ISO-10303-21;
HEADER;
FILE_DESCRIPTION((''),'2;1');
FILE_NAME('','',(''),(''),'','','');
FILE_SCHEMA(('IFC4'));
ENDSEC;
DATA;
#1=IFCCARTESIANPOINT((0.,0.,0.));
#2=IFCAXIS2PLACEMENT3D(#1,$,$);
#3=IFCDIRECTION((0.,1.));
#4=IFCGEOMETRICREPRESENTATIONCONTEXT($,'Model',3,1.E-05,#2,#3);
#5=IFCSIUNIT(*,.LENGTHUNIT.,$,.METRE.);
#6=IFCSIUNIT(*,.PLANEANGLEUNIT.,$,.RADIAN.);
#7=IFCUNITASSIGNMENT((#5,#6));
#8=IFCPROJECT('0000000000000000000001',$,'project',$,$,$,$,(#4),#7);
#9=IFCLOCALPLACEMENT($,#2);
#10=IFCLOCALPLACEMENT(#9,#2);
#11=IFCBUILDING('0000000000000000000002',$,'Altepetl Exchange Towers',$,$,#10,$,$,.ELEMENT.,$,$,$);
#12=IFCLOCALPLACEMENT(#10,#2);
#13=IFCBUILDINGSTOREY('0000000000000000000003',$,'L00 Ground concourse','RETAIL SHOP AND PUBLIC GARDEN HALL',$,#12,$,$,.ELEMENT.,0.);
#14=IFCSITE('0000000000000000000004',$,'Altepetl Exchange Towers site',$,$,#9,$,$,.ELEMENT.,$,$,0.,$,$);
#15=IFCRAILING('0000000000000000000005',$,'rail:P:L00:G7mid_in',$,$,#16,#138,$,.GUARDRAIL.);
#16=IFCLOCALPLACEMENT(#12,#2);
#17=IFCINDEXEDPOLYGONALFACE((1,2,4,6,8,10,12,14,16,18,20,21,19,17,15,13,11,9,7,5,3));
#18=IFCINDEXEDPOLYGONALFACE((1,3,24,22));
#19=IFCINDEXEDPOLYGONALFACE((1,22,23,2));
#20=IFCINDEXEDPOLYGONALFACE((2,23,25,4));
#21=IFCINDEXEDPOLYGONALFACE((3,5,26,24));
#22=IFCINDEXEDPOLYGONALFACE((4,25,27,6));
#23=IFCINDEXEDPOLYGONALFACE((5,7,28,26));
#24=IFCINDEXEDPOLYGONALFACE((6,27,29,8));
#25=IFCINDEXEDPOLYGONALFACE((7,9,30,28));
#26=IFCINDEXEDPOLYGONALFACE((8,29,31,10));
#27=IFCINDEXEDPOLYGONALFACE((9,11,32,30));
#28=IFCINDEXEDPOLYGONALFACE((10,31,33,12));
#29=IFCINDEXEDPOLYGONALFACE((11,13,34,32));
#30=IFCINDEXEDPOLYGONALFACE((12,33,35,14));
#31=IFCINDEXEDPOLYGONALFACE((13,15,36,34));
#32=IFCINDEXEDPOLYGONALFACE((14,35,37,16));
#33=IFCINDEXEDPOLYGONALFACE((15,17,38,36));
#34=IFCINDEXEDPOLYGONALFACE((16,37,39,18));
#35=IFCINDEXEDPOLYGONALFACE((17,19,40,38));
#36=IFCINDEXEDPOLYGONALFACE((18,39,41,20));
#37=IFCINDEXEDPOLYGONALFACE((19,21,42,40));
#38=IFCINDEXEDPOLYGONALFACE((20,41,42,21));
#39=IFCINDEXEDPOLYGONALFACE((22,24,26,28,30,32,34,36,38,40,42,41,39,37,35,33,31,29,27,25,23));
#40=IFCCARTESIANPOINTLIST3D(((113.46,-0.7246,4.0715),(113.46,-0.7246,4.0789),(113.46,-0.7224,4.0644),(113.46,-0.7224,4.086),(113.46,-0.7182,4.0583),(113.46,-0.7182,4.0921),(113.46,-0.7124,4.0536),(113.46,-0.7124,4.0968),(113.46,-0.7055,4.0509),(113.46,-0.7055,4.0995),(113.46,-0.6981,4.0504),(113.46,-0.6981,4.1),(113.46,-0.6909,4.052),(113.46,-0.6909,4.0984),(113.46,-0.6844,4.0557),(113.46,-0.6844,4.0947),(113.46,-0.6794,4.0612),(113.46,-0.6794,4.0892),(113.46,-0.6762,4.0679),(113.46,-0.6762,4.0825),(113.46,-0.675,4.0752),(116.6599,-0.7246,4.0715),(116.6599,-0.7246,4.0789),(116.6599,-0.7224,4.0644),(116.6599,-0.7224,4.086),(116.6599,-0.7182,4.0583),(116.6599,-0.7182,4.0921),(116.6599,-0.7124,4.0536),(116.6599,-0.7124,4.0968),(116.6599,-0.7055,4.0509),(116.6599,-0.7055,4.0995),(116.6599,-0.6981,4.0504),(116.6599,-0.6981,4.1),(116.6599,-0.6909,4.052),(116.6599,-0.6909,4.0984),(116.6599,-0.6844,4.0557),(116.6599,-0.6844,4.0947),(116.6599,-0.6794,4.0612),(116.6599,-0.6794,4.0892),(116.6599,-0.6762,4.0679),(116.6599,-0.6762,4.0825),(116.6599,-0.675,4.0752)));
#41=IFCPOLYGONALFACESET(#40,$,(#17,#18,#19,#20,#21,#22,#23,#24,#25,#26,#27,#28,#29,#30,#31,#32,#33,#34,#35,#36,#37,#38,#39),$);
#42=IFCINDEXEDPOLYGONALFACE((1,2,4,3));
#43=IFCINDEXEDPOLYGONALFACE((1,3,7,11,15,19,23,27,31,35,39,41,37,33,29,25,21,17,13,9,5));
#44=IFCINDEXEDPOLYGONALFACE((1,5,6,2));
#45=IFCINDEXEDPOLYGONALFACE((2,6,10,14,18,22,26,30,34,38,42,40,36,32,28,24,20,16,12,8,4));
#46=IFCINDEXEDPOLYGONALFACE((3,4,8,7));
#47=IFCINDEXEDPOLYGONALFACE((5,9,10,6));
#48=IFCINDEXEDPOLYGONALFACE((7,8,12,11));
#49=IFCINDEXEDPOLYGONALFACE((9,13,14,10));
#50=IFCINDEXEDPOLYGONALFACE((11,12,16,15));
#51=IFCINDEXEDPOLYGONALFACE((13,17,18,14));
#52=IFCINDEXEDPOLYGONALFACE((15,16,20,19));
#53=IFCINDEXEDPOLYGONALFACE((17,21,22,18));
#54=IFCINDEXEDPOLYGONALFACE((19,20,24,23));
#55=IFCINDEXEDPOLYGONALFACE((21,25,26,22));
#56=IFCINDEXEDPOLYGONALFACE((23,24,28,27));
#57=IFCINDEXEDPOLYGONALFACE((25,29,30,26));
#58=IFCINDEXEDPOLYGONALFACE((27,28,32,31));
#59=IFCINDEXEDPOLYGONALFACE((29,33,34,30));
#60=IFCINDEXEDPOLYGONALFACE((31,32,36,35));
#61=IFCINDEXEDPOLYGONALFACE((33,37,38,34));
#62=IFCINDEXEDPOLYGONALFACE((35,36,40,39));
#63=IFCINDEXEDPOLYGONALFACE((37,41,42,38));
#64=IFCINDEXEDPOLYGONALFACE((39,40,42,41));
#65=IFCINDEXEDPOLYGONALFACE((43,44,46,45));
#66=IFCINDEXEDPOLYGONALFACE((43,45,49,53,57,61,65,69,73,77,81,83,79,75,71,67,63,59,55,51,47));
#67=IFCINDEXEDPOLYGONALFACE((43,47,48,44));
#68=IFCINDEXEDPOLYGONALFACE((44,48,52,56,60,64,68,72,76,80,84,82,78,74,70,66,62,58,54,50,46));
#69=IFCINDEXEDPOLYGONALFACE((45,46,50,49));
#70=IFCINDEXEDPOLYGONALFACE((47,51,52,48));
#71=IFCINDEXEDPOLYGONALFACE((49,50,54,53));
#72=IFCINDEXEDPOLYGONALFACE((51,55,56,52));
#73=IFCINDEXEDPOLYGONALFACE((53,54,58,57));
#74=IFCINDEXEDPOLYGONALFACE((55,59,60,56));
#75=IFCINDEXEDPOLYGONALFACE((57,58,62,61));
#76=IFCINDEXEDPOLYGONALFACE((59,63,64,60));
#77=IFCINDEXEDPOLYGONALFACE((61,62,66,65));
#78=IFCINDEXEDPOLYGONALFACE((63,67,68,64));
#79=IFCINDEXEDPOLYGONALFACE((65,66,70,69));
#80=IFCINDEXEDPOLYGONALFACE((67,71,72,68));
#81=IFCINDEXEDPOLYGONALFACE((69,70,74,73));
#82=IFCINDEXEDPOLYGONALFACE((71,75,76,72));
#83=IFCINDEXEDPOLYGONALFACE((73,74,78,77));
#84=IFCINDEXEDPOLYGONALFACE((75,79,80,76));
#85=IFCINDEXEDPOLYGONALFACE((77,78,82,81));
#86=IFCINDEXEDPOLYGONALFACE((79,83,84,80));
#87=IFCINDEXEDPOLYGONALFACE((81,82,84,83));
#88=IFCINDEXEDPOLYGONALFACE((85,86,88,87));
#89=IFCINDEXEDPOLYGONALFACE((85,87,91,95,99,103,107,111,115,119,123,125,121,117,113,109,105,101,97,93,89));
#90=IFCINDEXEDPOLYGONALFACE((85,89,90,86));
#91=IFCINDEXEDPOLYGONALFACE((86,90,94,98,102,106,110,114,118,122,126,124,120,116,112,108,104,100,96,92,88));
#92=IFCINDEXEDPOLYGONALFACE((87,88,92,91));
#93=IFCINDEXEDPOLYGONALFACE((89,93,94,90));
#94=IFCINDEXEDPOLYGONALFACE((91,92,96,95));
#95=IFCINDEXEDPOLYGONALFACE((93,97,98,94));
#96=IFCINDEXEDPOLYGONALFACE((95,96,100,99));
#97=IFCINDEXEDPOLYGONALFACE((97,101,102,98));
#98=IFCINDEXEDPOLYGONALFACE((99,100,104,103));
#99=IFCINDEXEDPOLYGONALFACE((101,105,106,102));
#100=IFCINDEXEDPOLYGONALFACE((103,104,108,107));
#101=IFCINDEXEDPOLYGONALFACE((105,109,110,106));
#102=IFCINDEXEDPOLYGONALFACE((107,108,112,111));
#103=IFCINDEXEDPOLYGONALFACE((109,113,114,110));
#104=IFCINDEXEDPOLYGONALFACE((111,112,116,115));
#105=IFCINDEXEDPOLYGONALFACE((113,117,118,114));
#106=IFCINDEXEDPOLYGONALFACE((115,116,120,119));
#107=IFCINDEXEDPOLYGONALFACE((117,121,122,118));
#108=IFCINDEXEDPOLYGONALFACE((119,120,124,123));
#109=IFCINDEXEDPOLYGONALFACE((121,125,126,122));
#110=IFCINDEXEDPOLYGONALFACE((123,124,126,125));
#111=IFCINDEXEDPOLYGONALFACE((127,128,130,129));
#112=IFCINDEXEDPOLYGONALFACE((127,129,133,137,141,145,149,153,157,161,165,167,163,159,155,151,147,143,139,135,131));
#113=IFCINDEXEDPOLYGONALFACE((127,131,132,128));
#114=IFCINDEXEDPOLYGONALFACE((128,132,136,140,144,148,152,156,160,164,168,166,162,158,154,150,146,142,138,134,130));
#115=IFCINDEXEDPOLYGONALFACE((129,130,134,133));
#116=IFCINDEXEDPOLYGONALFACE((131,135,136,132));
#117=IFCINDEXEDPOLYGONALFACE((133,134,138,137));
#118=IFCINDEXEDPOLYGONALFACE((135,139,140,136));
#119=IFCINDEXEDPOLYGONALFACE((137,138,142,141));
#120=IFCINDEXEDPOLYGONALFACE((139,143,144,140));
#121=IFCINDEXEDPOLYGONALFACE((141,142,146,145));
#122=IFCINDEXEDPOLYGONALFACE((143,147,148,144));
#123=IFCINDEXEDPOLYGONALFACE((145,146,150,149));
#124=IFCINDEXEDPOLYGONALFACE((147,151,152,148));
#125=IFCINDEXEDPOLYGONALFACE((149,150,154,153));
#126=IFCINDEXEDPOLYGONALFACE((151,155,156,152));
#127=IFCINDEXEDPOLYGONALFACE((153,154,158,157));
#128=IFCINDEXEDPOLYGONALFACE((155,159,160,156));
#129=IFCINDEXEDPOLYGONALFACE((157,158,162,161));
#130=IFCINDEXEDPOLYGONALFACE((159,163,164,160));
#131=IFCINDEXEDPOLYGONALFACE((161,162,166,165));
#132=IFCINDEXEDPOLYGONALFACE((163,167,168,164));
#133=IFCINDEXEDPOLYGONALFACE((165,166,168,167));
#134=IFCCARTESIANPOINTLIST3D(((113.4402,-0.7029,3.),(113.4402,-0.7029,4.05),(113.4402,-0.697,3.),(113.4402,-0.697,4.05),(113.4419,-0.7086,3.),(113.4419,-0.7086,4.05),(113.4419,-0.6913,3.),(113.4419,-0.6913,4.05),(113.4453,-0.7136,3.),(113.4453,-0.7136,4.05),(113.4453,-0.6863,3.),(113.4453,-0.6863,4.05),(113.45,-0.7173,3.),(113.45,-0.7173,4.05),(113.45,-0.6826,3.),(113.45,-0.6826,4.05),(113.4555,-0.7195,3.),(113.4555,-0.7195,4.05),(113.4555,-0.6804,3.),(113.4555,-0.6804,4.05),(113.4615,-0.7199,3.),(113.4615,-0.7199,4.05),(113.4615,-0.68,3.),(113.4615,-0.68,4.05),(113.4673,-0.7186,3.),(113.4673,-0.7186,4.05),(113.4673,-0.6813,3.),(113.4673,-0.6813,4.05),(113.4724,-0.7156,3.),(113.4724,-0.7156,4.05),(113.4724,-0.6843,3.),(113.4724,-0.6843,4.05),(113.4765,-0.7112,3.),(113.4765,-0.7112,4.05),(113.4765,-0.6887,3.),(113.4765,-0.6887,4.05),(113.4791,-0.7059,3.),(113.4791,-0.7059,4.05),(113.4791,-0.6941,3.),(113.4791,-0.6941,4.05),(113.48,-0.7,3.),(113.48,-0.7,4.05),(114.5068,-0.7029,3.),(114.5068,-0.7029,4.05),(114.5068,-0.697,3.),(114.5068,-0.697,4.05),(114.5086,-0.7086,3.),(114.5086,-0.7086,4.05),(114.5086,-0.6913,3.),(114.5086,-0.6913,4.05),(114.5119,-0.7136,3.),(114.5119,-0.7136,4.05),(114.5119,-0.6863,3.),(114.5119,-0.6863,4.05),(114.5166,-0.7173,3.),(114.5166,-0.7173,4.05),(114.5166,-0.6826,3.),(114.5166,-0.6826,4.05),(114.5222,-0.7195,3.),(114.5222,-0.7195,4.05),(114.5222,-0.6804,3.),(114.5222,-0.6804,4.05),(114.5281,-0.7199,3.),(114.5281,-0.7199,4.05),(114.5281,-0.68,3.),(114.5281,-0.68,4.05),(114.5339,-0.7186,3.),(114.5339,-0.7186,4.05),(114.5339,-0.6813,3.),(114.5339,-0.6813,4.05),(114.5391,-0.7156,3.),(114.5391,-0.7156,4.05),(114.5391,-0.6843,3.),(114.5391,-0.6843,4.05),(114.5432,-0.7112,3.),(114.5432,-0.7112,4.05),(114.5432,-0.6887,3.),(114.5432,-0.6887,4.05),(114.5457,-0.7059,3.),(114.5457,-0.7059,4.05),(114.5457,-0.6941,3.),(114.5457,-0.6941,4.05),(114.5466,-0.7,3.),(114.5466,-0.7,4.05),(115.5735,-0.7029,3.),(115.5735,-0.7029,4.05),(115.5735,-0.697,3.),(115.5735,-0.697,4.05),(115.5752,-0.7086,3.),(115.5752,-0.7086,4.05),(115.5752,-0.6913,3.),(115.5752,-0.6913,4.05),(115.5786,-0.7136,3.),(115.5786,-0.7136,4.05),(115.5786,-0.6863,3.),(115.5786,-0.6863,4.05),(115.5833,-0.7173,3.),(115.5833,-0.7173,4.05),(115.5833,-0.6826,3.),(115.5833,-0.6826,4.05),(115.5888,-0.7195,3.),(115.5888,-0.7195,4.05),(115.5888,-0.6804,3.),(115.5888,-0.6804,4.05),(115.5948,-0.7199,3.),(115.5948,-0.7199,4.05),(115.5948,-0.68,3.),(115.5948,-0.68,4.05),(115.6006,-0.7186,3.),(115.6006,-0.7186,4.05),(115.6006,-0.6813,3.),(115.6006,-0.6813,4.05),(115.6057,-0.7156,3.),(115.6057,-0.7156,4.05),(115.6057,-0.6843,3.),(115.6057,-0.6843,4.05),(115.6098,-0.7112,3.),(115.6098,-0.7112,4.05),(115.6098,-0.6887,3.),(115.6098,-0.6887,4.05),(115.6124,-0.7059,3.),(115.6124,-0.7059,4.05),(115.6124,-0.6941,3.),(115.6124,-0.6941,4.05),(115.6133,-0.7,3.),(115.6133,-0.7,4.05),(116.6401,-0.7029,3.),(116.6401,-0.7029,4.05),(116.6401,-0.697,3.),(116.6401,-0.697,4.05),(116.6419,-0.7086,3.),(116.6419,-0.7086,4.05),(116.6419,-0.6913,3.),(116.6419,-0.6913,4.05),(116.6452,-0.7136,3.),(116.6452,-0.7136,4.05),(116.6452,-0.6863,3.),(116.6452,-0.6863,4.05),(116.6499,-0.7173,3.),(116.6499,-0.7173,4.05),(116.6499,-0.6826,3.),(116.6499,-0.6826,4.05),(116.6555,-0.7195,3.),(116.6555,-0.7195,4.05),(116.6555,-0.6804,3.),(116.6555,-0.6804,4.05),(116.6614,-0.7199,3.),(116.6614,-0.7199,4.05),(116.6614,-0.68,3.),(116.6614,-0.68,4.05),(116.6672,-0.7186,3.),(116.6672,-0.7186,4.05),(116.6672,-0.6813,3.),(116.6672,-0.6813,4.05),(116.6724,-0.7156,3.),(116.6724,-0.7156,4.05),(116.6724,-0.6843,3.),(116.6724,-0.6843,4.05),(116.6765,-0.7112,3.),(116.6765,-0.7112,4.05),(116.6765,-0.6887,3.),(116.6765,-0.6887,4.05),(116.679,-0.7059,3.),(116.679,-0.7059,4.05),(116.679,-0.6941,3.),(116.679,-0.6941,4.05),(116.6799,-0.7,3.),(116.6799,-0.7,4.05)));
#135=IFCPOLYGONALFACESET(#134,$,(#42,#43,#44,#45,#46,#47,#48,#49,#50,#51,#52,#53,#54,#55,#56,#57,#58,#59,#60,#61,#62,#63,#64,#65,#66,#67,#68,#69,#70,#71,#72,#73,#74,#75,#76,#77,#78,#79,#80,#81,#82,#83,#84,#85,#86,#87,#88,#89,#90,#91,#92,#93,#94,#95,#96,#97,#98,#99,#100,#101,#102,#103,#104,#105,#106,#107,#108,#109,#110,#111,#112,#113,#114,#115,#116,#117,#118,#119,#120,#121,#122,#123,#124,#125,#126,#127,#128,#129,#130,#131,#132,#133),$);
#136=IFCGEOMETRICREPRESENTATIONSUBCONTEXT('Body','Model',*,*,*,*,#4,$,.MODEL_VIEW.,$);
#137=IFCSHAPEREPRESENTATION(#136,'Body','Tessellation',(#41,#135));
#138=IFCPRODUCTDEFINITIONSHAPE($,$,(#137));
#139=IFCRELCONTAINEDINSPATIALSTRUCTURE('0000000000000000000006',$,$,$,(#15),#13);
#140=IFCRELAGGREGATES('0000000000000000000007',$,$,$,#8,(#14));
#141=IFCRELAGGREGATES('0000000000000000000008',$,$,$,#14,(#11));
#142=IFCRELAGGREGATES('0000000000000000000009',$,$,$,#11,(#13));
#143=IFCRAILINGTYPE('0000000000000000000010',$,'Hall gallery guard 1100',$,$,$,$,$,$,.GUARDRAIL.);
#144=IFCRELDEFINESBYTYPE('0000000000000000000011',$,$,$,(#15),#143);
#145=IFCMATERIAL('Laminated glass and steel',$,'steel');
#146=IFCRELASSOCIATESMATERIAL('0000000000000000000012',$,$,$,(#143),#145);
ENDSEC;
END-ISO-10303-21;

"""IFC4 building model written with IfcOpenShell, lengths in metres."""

from ifc_helpers import new_model, si_unit, direction, frame, origin, origin_2d, place, context, subcontext, project, spatial, circle, extrude, source, transform, mapped, material, type_object, element, save


model = new_model("IFC4")

# Units and contexts
model_context = context("Model", 3, precision=1e-05, world=origin(), true_north=direction((0.0, 1.0)))
body_context = subcontext(model_context, "Body", "Model", "MODEL_VIEW")
ifc_project = project(units=[si_unit("LENGTHUNIT", "METRE"), si_unit("PLANEANGLEUNIT", "RADIAN")], contexts=[model_context])

# Site, building, storey
site_placement = place(None, origin())
site = spatial("IfcSite", under=ifc_project, at=site_placement, Name="Altepetl Exchange Towers site", CompositionType="ELEMENT", RefElevation=0.0)
building_placement = place(site_placement, origin())
building = spatial("IfcBuilding", under=site, at=building_placement, Name="Altepetl Exchange Towers", CompositionType="ELEMENT")
storey_placement = place(building_placement, origin())
storey = spatial("IfcBuildingStorey", under=building, at=storey_placement, Name="L00 Ground concourse", Description="RETAIL SHOP AND PUBLIC GARDEN HALL", CompositionType="ELEMENT", Elevation=0.0)

# Railing
ifc_material_1 = material(Name="Laminated glass and steel", Category="steel")
railing_type_1 = type_object("IfcRailingType", Name="Hall gallery guard 1100", PredefinedType="GUARDRAIL", material=ifc_material_1)
shared_shape_1 = source(origin(), body_context, "Body", "SweptSolid", [
    extrude(circle(Radius=0.02, at=origin_2d()), origin(), (0.0, 0.0, 1.0), 1.05),
])
for number, where, name in (
    (1, (113.46, -0.7, 3.0), "rail:P:L00:G7mid_in"),
):
    element("IfcRailing", number, at=place(storey_placement, frame(where)), inside=storey, type_object=railing_type_1, Name=name, PredefinedType="GUARDRAIL", context=body_context, shape_type="SweptSolid", body=[
        extrude(circle(Radius=0.0249, at=origin_2d()), frame((0.0, 0.0, 1.0752), z_axis=(1.0, 0.0, 0.0), x_axis=(0.0, 1.0, 0.0)), (0.0, 0.0, 1.0), 3.2),
        mapped(shared_shape_1, transform((0.0, 0.0, 0.0))),
        mapped(shared_shape_1, transform((1.0667, 0.0, 0.0))),
        mapped(shared_shape_1, transform((2.1333, 0.0, 0.0))),
        mapped(shared_shape_1, transform((3.2, 0.0, 0.0))),
    ])

save(model, "model.ifc")
